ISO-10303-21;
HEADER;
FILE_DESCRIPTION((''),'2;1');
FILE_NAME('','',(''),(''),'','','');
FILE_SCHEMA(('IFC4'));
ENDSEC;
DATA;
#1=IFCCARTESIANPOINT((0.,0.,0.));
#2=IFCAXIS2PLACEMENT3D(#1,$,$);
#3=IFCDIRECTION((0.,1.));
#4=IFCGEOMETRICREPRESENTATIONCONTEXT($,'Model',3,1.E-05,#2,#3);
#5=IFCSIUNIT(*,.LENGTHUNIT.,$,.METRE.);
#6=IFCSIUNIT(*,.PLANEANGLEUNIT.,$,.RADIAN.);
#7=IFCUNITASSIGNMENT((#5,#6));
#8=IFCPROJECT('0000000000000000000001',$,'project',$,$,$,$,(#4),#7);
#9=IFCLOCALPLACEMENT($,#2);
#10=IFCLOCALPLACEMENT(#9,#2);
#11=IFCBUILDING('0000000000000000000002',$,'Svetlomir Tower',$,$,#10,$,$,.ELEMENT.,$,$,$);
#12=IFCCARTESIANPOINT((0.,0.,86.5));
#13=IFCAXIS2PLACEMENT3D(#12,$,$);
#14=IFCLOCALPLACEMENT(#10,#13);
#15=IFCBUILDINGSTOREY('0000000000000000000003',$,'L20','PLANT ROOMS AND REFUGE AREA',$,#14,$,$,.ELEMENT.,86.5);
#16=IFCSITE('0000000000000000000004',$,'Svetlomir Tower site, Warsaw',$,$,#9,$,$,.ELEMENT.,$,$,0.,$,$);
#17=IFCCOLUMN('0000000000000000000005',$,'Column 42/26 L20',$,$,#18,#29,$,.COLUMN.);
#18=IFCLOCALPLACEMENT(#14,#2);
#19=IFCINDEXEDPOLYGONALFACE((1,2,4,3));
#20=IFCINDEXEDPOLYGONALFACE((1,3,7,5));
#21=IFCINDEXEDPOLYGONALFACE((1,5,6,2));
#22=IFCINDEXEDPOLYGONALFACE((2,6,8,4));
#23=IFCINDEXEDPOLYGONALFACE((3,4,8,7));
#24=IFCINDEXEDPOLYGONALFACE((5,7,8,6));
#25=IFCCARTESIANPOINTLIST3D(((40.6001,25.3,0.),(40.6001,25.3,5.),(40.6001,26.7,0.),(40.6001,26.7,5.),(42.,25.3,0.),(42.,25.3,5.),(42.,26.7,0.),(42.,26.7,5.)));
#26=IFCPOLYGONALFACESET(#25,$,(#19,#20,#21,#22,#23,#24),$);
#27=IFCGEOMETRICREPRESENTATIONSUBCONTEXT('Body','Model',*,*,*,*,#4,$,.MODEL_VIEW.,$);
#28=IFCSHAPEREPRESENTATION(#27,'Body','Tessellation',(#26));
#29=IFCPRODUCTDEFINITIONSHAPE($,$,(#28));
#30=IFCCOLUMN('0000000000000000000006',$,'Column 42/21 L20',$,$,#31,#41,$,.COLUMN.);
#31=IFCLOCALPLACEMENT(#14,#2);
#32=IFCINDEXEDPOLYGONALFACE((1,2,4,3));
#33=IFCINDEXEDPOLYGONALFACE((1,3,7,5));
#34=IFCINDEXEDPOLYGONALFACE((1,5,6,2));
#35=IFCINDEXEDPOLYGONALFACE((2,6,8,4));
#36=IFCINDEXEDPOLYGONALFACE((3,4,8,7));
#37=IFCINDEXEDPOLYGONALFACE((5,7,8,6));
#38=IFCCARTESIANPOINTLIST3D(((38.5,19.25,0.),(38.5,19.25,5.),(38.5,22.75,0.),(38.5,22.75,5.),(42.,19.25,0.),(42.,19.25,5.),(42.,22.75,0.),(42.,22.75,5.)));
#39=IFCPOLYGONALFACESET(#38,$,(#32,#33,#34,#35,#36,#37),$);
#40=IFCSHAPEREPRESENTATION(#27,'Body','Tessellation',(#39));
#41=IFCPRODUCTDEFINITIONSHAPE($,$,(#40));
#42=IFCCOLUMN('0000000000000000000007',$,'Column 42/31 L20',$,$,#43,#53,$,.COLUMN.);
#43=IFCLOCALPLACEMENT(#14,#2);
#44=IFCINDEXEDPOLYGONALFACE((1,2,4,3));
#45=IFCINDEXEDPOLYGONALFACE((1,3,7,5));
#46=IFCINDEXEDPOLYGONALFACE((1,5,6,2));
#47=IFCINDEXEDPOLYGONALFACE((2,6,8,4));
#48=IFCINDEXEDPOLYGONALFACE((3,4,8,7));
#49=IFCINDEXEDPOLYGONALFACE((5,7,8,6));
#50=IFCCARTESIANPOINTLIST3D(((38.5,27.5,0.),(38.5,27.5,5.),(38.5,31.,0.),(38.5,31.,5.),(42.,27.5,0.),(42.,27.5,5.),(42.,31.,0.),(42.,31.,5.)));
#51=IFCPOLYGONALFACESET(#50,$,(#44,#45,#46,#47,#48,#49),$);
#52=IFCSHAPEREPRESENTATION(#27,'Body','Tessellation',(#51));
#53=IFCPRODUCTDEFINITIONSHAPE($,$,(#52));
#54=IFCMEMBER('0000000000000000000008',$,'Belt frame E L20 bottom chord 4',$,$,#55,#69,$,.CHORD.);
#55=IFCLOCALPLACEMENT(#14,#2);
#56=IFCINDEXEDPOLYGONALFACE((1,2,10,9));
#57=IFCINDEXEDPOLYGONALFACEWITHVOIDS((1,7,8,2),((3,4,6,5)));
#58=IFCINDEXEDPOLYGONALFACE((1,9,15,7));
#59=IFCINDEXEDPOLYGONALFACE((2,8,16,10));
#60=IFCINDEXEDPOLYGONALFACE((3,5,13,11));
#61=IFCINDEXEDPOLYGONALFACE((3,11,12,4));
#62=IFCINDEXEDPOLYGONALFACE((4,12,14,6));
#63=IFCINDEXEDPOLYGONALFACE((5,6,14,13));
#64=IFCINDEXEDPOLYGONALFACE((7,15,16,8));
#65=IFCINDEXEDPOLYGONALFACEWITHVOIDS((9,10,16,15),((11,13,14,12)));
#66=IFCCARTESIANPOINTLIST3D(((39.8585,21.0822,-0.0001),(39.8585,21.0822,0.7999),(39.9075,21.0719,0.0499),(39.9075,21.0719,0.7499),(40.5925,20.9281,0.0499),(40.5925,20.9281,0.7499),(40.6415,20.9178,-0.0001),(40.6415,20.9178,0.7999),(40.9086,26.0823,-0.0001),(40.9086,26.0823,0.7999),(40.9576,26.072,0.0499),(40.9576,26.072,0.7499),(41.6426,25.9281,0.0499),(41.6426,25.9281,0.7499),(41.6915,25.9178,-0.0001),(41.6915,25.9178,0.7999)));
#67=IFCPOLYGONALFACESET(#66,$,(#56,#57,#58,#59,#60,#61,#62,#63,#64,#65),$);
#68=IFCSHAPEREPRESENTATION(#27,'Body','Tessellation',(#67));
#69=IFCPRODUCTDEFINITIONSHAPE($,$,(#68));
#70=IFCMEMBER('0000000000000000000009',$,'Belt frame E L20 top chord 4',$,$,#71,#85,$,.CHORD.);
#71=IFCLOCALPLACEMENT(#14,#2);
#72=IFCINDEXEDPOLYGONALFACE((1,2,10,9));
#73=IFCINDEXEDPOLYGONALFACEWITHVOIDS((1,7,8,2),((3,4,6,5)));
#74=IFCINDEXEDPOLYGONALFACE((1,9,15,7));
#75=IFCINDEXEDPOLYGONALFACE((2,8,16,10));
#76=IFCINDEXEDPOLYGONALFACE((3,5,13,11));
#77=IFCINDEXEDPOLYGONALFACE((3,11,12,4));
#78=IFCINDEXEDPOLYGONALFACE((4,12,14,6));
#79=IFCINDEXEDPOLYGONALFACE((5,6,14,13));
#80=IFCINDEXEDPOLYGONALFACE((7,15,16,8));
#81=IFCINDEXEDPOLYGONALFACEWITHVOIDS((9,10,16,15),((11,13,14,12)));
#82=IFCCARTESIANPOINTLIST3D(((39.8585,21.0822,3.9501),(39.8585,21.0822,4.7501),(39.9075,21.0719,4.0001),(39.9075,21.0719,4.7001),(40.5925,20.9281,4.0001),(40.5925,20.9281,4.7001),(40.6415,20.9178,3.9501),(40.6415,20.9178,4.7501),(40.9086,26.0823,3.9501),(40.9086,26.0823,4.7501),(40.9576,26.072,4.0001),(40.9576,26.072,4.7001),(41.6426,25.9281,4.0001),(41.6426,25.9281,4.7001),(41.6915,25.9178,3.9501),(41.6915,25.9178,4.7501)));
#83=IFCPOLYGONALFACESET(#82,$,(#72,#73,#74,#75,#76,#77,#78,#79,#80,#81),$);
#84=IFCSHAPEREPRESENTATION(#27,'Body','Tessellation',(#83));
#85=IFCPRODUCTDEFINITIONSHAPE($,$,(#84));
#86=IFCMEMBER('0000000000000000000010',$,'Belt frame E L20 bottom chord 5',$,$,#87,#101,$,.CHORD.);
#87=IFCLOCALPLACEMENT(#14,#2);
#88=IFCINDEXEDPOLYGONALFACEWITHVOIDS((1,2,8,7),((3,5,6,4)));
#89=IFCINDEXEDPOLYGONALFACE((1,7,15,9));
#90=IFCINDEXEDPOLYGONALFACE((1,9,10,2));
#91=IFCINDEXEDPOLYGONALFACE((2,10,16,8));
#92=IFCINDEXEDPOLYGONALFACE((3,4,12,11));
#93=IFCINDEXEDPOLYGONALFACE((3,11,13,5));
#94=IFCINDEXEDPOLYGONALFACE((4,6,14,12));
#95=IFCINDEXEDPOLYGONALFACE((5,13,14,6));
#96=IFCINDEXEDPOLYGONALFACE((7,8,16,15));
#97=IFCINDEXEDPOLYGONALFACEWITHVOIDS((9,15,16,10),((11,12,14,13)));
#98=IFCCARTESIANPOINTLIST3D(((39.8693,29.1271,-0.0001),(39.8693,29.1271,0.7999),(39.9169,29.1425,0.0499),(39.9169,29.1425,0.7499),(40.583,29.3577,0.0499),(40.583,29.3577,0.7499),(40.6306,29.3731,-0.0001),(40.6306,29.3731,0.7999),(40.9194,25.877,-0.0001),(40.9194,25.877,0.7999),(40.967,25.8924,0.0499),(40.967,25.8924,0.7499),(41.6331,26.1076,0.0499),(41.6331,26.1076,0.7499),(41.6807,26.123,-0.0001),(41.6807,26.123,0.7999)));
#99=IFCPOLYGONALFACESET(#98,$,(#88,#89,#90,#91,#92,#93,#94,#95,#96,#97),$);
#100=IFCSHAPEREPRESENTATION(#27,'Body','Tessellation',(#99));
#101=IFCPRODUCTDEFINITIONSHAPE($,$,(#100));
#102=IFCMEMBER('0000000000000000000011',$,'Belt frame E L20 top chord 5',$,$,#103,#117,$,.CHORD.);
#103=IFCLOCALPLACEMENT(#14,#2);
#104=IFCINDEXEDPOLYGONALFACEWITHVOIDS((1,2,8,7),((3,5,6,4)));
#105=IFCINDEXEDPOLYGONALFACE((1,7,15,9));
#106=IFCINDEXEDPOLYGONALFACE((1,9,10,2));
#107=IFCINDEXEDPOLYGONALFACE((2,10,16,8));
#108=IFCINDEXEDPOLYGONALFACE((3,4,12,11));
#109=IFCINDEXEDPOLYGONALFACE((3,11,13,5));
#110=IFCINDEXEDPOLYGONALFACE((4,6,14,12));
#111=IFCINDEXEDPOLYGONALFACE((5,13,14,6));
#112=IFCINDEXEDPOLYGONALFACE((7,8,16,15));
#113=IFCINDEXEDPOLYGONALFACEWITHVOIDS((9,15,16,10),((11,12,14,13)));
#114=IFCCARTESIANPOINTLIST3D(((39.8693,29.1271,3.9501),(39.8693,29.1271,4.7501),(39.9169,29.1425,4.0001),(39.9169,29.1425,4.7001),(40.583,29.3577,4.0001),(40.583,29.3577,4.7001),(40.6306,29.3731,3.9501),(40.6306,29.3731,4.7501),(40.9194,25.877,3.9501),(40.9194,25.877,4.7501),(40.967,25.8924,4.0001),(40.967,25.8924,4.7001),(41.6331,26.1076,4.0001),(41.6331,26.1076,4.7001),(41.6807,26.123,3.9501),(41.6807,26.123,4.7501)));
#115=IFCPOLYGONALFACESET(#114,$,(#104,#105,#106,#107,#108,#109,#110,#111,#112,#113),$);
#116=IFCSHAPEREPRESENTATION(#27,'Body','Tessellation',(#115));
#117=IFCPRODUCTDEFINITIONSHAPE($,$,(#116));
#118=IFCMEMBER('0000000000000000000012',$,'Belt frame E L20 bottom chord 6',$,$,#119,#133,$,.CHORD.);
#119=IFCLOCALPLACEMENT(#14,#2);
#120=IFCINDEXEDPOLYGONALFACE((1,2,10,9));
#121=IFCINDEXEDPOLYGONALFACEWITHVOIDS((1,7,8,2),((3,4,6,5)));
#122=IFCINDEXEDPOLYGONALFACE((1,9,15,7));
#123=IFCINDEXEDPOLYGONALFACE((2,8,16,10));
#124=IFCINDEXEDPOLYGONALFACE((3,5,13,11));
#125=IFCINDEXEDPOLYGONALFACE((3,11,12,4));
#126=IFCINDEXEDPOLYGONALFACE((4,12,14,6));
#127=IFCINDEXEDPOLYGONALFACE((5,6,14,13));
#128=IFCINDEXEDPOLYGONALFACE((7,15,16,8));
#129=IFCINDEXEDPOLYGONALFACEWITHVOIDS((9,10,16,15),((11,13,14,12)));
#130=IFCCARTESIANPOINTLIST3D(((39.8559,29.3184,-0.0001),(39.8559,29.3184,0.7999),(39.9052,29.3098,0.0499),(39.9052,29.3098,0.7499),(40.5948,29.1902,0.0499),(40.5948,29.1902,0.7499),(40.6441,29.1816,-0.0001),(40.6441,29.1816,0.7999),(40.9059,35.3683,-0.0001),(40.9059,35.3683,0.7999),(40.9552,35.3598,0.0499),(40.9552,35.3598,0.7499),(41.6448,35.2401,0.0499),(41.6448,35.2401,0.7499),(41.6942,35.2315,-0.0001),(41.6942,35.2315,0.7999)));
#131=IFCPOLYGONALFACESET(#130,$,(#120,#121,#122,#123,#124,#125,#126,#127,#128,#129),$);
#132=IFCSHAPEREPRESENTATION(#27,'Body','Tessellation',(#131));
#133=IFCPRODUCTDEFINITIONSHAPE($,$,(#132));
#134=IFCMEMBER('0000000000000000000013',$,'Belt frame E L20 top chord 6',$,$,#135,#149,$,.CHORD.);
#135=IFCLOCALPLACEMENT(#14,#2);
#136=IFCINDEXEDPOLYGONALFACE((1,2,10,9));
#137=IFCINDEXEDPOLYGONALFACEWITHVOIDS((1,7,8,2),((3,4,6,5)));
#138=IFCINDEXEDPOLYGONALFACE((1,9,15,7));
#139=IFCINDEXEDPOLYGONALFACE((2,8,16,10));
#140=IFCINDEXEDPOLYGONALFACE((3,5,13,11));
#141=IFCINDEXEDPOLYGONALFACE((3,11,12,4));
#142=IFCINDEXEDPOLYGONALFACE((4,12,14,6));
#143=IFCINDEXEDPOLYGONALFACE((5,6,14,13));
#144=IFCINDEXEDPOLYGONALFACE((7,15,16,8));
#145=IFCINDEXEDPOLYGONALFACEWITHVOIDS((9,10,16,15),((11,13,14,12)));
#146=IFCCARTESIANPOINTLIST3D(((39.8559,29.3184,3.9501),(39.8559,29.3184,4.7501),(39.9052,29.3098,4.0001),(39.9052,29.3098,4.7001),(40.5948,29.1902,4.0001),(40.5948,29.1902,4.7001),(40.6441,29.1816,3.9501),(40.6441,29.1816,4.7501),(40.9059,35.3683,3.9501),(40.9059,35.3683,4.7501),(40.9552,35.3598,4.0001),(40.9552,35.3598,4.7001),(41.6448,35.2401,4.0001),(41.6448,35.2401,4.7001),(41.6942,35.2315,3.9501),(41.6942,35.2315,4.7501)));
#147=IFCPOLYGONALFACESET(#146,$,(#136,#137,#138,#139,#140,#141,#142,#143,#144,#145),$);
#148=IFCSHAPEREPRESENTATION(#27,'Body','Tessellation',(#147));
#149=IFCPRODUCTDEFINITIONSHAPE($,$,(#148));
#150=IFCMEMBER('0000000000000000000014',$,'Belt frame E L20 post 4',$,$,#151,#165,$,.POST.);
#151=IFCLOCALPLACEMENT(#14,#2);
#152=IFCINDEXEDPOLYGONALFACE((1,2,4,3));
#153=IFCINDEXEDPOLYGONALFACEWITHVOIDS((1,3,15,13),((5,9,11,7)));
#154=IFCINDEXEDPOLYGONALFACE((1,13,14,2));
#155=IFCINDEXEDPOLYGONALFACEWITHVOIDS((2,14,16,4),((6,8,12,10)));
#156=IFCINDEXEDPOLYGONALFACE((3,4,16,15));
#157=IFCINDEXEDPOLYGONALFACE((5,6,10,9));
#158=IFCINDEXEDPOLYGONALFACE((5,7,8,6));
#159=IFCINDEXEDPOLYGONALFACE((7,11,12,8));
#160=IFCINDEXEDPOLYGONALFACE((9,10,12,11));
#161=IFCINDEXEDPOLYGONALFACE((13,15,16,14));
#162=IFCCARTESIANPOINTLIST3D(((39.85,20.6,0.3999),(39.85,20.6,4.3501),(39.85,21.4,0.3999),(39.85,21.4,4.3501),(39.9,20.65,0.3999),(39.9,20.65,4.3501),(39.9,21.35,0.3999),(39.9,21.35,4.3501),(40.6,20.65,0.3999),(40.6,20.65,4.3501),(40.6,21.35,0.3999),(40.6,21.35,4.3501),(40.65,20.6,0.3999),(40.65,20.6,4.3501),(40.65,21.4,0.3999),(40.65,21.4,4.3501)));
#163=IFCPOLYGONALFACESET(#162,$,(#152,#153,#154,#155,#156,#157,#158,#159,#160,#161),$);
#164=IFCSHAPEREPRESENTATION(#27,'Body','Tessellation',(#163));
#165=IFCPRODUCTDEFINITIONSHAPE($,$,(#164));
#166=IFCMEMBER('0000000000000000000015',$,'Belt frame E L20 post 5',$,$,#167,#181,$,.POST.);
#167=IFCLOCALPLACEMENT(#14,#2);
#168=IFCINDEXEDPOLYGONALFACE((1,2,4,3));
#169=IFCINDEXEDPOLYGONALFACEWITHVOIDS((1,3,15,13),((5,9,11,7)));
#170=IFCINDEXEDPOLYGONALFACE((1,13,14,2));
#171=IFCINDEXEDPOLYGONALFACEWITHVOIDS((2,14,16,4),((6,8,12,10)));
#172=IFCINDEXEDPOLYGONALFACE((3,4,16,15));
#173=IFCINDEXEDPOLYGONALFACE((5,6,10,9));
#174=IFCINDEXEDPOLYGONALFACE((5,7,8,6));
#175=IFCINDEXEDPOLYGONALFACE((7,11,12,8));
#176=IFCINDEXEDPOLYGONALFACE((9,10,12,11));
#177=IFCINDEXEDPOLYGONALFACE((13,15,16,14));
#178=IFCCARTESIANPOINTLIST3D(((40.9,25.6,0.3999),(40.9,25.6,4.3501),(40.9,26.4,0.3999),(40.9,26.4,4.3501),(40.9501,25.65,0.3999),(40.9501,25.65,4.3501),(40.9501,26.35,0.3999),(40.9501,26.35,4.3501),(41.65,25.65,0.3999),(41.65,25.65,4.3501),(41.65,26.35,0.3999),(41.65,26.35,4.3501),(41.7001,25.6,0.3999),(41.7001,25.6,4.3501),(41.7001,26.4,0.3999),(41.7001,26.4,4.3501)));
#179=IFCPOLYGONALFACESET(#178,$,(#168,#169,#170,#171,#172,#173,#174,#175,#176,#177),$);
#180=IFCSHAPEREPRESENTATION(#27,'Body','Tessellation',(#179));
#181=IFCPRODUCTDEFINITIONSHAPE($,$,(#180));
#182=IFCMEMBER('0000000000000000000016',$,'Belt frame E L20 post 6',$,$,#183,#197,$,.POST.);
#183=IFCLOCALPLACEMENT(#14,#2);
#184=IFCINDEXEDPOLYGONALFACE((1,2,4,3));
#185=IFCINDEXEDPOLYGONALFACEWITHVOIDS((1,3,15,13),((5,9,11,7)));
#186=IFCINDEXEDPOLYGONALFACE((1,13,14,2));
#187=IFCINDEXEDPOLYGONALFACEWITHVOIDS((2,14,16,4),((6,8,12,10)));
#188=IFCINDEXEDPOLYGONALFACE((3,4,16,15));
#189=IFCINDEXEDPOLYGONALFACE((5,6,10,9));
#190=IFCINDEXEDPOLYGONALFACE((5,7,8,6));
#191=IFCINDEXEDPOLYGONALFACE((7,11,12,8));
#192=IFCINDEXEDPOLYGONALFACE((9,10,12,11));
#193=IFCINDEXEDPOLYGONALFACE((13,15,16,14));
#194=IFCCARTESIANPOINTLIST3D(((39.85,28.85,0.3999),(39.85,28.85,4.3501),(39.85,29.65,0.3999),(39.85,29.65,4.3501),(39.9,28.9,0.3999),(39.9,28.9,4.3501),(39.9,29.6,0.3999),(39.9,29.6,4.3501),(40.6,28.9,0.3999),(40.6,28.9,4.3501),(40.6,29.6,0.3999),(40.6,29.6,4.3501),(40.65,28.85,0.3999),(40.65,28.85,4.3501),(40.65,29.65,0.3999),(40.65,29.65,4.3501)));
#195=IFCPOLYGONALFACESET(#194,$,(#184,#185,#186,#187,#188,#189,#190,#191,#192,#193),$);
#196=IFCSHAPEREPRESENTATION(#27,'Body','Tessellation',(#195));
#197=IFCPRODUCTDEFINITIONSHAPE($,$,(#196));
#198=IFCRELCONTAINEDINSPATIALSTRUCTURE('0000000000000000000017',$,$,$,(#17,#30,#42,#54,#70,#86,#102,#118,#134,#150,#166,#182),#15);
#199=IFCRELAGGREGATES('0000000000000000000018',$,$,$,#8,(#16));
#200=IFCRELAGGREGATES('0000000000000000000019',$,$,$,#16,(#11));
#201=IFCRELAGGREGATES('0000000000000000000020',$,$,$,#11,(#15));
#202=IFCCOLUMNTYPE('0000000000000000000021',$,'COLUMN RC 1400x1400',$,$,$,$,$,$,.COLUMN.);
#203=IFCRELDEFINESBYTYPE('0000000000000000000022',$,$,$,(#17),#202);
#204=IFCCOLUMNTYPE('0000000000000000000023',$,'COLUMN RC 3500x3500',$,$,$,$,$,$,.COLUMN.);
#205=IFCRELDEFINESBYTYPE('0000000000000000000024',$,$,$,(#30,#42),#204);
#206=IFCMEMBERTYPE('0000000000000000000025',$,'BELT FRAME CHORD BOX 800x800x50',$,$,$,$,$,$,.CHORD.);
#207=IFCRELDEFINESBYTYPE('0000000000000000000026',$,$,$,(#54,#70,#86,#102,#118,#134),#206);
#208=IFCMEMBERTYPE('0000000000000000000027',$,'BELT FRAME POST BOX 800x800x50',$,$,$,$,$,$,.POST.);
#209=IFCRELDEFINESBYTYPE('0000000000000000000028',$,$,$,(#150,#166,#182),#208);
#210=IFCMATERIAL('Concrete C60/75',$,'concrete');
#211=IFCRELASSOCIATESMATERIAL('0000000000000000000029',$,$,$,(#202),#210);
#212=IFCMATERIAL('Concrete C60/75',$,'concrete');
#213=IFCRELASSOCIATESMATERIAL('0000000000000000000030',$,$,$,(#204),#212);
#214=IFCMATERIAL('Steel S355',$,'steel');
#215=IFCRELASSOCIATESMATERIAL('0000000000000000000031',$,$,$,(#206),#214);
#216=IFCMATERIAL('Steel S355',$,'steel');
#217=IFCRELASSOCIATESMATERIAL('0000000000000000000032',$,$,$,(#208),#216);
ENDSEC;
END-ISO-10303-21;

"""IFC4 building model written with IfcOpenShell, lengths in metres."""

from ifc_helpers import new_model, si_unit, direction, frame, origin, origin_2d, place, context, subcontext, project, spatial, rectangle, hollow_rectangle, extrude, material, material_profile, profile_set, type_object, element, save


model = new_model("IFC4")

# Units and contexts
model_context = context("Model", 3, precision=1e-05, world=origin(), true_north=direction((0.0, 1.0)))
body_context = subcontext(model_context, "Body", "Model", "MODEL_VIEW")
ifc_project = project(units=[si_unit("LENGTHUNIT", "METRE"), si_unit("PLANEANGLEUNIT", "RADIAN")], contexts=[model_context])

# Site, building, storey
site_placement = place(None, origin())
site = spatial("IfcSite", under=ifc_project, at=site_placement, Name="Svetlomir Tower site, Warsaw", CompositionType="ELEMENT", RefElevation=0.0)
building_placement = place(site_placement, origin())
building = spatial("IfcBuilding", under=site, at=building_placement, Name="Svetlomir Tower", CompositionType="ELEMENT")
storey_placement = place(building_placement, frame((0.0, 0.0, 86.5)))
storey = spatial("IfcBuildingStorey", under=building, at=storey_placement, Name="L20", Description="PLANT ROOMS AND REFUGE AREA", CompositionType="ELEMENT", Elevation=86.5)

# Columns
ifc_material_1 = material(Name="Concrete C60/75", Category="concrete")
ifc_material_profile_1 = material_profile(ifc_material_1, rectangle(XDim=1.3999, YDim=1.3999, at=origin_2d()), Name="RC 1400x1400")
ifc_profile_set_1 = profile_set([ifc_material_profile_1], Name="Concrete C60/75")
column_type_1 = type_object("IfcColumnType", Name="COLUMN RC 1400x1400", PredefinedType="COLUMN", material=ifc_profile_set_1)
column_placement = place(storey_placement, frame((41.3, 26.0, 0.0), z_axis=(0.0, 0.0, 1.0), x_axis=(1.0, 0.0, 0.0)))
element("IfcColumn", 1, at=column_placement, inside=storey, type_object=column_type_1, Name="Column 42/26 L20", PredefinedType="COLUMN", context=body_context, shape_type="SweptSolid", body=[
    extrude(rectangle(XDim=1.3999, YDim=1.3999, at=origin_2d()), origin(), (0.0, 0.0, 1.0), 5.0),
])
ifc_material_2 = material(Name="Concrete C60/75", Category="concrete")
ifc_material_profile_2 = material_profile(ifc_material_2, rectangle(XDim=3.5, YDim=3.5, at=origin_2d()), Name="RC 3500x3500")
ifc_profile_set_2 = profile_set([ifc_material_profile_2], Name="Concrete C60/75")
column_type_2 = type_object("IfcColumnType", Name="COLUMN RC 3500x3500", PredefinedType="COLUMN", material=ifc_profile_set_2)
for number, where, z_axis, x_axis, name in (
    (2, (40.25, 21.0, 0.0), (0.0, 0.0, 1.0), (1.0, 0.0, 0.0), "Column 42/21 L20"),
    (3, (40.25, 29.25, 0.0), (0.0, 0.0, 1.0), (1.0, 0.0, 0.0), "Column 42/31 L20"),
):
    element("IfcColumn", number, at=place(storey_placement, frame(where, z_axis=z_axis, x_axis=x_axis)), inside=storey, type_object=column_type_2, Name=name, PredefinedType="COLUMN", context=body_context, shape_type="SweptSolid", body=[
        extrude(rectangle(XDim=3.5, YDim=3.5, at=origin_2d()), origin(), (0.0, 0.0, 1.0), 5.0),
    ])

# Members
ifc_material_3 = material(Name="Steel S355", Category="steel")
ifc_material_profile_3 = material_profile(ifc_material_3, hollow_rectangle(XDim=0.8, YDim=0.8, WallThickness=0.05, at=origin_2d()), Name="BOX 800x800x50")
ifc_profile_set_3 = profile_set([ifc_material_profile_3], Name="Steel S355")
member_type_1 = type_object("IfcMemberType", Name="BELT FRAME CHORD BOX 800x800x50", PredefinedType="CHORD", material=ifc_profile_set_3)
for number, where, z_axis, x_axis, name in (
    (4, (40.25, 21.0, 0.3999), (0.205526, 0.978652, 0.0), (-0.978652, 0.205526, 0.0), "Belt frame E L20 bottom chord 4"),
    (5, (40.25, 21.0, 4.3501), (0.205526, 0.978652, 0.0), (-0.978652, 0.205526, 0.0), "Belt frame E L20 top chord 4"),
):
    element("IfcMember", number, at=place(storey_placement, frame(where, z_axis=z_axis, x_axis=x_axis)), inside=storey, type_object=member_type_1, Name=name, PredefinedType="CHORD", context=body_context, shape_type="SweptSolid", body=[
        extrude(hollow_rectangle(XDim=0.8, YDim=0.8, WallThickness=0.05, at=origin_2d()), origin(), (0.0, 0.0, 1.0), 5.1091),
    ])
for number, where, z_axis, x_axis, name in (
    (6, (41.3, 26.0, 0.3999), (-0.307443, 0.951566, 0.0), (-0.951566, -0.307443, 0.0), "Belt frame E L20 bottom chord 5"),
    (7, (41.3, 26.0, 4.3501), (-0.307443, 0.951566, 0.0), (-0.951566, -0.307443, 0.0), "Belt frame E L20 top chord 5"),
):
    element("IfcMember", number, at=place(storey_placement, frame(where, z_axis=z_axis, x_axis=x_axis)), inside=storey, type_object=member_type_1, Name=name, PredefinedType="CHORD", context=body_context, shape_type="SweptSolid", body=[
        extrude(hollow_rectangle(XDim=0.8, YDim=0.8, WallThickness=0.05, at=origin_2d()), origin(), (0.0, 0.0, 1.0), 3.4155),
    ])
for number, where, z_axis, x_axis, name in (
    (8, (40.25, 29.25, 0.3999), (0.171004, 0.98527, 0.0), (-0.98527, 0.171004, 0.0), "Belt frame E L20 bottom chord 6"),
    (9, (40.25, 29.25, 4.3501), (0.171004, 0.98527, 0.0), (-0.98527, 0.171004, 0.0), "Belt frame E L20 top chord 6"),
):
    element("IfcMember", number, at=place(storey_placement, frame(where, z_axis=z_axis, x_axis=x_axis)), inside=storey, type_object=member_type_1, Name=name, PredefinedType="CHORD", context=body_context, shape_type="SweptSolid", body=[
        extrude(hollow_rectangle(XDim=0.8, YDim=0.8, WallThickness=0.05, at=origin_2d()), origin(), (0.0, 0.0, 1.0), 6.1404),
    ])
ifc_material_4 = material(Name="Steel S355", Category="steel")
ifc_material_profile_4 = material_profile(ifc_material_4, hollow_rectangle(XDim=0.8, YDim=0.8, WallThickness=0.05, at=origin_2d()), Name="BOX 800x800x50")
ifc_profile_set_4 = profile_set([ifc_material_profile_4], Name="Steel S355")
member_type_2 = type_object("IfcMemberType", Name="BELT FRAME POST BOX 800x800x50", PredefinedType="POST", material=ifc_profile_set_4)
for number, where, z_axis, x_axis, name in (
    (10, (40.25, 21.0, 0.3999), (0.0, 0.0, 1.0), (1.0, 0.0, 0.0), "Belt frame E L20 post 4"),
    (11, (41.3, 26.0, 0.3999), (0.0, 0.0, 1.0), (1.0, 0.0, 0.0), "Belt frame E L20 post 5"),
    (12, (40.25, 29.25, 0.3999), (0.0, 0.0, 1.0), (1.0, 0.0, 0.0), "Belt frame E L20 post 6"),
):
    element("IfcMember", number, at=place(storey_placement, frame(where, z_axis=z_axis, x_axis=x_axis)), inside=storey, type_object=member_type_2, Name=name, PredefinedType="POST", context=body_context, shape_type="SweptSolid", body=[
        extrude(hollow_rectangle(XDim=0.8, YDim=0.8, WallThickness=0.05, at=origin_2d()), origin(), (0.0, 0.0, 1.0), 3.9502),
    ])

save(model, "model.ifc")
